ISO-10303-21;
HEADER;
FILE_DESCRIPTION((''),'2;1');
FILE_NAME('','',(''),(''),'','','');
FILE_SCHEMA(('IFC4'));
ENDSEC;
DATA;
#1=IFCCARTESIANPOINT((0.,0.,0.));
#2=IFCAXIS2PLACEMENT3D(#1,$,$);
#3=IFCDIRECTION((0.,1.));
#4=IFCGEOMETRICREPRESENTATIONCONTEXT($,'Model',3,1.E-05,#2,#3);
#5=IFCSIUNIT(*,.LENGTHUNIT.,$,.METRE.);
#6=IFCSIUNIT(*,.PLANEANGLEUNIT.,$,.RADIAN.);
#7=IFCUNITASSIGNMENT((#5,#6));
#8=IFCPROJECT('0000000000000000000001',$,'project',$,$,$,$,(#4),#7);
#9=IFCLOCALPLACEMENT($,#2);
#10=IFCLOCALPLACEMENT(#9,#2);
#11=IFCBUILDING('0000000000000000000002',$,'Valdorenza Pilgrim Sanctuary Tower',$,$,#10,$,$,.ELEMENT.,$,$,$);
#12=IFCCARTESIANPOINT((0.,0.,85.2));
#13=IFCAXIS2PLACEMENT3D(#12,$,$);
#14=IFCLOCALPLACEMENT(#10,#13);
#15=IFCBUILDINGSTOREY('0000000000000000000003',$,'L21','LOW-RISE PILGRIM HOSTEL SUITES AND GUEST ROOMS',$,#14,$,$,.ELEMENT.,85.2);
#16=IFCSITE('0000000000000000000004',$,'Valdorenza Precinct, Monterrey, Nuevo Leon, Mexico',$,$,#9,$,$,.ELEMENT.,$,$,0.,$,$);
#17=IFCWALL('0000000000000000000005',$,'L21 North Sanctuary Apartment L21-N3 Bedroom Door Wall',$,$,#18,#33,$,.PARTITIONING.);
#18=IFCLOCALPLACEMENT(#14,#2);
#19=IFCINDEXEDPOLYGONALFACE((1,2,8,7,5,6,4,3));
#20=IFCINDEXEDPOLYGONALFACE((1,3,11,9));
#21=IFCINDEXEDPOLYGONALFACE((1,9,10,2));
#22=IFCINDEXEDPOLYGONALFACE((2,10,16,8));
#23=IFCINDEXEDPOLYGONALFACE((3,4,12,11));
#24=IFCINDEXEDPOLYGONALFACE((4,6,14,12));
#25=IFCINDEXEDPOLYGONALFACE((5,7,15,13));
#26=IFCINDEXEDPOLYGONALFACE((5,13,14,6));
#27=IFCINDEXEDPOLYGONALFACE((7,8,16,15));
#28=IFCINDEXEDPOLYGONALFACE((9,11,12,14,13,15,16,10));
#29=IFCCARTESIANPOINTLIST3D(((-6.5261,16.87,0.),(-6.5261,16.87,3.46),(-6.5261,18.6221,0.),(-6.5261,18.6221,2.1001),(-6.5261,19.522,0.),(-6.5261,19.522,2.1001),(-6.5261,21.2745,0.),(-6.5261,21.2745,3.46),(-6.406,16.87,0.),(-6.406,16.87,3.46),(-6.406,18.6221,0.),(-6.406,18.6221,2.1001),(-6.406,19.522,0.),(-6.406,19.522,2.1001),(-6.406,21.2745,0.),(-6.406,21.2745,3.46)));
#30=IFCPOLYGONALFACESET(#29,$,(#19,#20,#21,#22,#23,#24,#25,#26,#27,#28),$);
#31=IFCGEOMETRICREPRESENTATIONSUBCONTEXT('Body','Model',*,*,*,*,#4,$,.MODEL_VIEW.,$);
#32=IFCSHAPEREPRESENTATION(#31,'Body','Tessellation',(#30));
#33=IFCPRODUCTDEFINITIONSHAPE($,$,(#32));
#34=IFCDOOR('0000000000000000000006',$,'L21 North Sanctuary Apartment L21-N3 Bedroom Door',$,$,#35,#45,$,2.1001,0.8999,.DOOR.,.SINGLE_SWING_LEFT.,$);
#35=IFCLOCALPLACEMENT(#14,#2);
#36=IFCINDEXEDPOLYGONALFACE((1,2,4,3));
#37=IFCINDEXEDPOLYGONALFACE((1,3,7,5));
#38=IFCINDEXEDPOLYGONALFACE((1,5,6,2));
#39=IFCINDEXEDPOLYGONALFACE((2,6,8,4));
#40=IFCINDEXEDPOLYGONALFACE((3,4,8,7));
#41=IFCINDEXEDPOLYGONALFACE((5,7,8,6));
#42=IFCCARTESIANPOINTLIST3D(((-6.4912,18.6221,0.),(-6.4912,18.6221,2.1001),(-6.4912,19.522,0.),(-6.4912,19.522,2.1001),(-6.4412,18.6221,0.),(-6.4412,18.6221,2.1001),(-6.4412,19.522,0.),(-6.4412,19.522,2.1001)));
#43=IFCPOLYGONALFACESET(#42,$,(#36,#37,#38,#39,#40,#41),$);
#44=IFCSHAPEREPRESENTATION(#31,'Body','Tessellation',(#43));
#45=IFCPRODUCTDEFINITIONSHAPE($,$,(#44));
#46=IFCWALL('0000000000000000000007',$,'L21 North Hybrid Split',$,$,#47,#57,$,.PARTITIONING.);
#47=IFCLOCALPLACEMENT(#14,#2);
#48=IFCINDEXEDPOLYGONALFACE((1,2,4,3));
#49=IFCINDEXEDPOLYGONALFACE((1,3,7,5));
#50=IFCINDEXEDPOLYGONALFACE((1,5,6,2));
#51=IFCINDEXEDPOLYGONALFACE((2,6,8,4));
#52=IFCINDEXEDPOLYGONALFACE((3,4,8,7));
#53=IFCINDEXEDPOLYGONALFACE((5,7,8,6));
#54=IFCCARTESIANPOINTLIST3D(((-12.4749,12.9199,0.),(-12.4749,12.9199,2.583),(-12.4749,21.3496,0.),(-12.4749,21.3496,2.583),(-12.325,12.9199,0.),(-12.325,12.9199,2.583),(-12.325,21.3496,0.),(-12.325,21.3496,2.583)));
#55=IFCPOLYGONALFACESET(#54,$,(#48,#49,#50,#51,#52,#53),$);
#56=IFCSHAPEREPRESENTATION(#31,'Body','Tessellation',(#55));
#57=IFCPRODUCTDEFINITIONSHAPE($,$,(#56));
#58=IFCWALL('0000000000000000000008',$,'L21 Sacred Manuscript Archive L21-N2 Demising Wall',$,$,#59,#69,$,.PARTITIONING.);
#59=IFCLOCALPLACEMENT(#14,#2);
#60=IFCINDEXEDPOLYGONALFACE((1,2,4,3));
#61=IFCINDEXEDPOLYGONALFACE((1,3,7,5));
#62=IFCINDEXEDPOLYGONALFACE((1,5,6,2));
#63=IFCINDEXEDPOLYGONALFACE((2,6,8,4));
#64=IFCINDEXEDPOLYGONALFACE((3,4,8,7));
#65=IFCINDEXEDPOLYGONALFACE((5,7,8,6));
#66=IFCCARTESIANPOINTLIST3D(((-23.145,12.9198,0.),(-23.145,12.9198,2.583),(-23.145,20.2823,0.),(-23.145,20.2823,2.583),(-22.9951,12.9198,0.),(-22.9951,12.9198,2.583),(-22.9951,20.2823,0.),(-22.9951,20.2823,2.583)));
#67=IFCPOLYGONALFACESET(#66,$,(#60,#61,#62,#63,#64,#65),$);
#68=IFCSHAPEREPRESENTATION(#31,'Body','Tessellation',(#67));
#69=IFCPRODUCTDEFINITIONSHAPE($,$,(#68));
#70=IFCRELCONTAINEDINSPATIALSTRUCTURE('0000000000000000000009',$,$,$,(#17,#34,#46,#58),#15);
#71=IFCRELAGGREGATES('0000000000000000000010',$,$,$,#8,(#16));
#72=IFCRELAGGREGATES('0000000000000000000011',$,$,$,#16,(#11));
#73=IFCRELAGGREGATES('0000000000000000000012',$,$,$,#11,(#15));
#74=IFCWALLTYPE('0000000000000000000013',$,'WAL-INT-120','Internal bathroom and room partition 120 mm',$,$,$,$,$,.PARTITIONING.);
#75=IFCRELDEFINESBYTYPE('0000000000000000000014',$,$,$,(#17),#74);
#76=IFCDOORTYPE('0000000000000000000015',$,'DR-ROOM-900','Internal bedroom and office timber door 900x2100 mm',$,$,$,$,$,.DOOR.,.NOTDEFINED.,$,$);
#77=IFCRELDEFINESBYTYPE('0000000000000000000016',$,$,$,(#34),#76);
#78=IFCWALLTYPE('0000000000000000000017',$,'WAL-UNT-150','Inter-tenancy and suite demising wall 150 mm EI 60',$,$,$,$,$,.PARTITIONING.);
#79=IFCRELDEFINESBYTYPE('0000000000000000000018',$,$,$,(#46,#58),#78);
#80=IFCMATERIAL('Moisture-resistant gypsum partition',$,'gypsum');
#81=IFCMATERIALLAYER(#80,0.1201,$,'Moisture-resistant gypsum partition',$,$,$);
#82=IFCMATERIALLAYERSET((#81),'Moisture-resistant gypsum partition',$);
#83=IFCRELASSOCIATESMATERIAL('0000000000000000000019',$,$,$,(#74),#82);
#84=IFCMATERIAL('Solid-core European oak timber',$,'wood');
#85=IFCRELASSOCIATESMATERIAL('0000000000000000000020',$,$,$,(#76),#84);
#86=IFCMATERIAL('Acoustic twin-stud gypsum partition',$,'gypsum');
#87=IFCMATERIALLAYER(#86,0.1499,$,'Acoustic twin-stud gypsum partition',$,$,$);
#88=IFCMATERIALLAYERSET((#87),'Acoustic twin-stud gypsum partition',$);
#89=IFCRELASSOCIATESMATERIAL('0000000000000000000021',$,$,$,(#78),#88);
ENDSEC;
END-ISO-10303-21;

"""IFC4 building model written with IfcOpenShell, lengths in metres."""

from ifc_helpers import new_model, si_unit, direction, frame, frame_2d, origin, place, context, subcontext, project, spatial, rectangle, extrude, material, layer, layer_set, type_object, element, fill, save


model = new_model("IFC4")

# Units and contexts
model_context = context("Model", 3, precision=1e-05, world=origin(), true_north=direction((0.0, 1.0)))
body_context = subcontext(model_context, "Body", "Model", "MODEL_VIEW")
ifc_project = project(units=[si_unit("LENGTHUNIT", "METRE"), si_unit("PLANEANGLEUNIT", "RADIAN")], contexts=[model_context])

# Site, building, storey
site_placement = place(None, origin())
site = spatial("IfcSite", under=ifc_project, at=site_placement, Name="Valdorenza Precinct, Monterrey, Nuevo Leon, Mexico", CompositionType="ELEMENT", RefElevation=0.0)
building_placement = place(site_placement, origin())
building = spatial("IfcBuilding", under=site, at=building_placement, Name="Valdorenza Pilgrim Sanctuary Tower", CompositionType="ELEMENT")
storey_placement = place(building_placement, frame((0.0, 0.0, 85.2)))
storey = spatial("IfcBuildingStorey", under=building, at=storey_placement, Name="L21", Description="LOW-RISE PILGRIM HOSTEL SUITES AND GUEST ROOMS", CompositionType="ELEMENT", Elevation=85.2)

# Shared definitions
ifc_material_1 = material(Name="Moisture-resistant gypsum partition", Category="gypsum")
ifc_layer_1 = layer(ifc_material_1, 0.1201, Name="Moisture-resistant gypsum partition")
ifc_layer_set_1 = layer_set([ifc_layer_1], Name="Moisture-resistant gypsum partition")
wall_type_1 = type_object("IfcWallType", Name="WAL-INT-120", Description="Internal bathroom and room partition 120 mm", PredefinedType="PARTITIONING", material=ifc_layer_set_1)

# Wall, opening, door
ifc_material_2 = material(Name="Solid-core European oak timber", Category="wood")
door_type_1 = type_object("IfcDoorType", Name="DR-ROOM-900", Description="Internal bedroom and office timber door 900x2100 mm", OperationType="NOTDEFINED", PredefinedType="DOOR", material=ifc_material_2)
wall_1_placement = place(storey_placement, frame((-6.4661, 16.8701, 0.0), z_axis=(0.0, 0.0, 1.0), x_axis=(0.0, 1.0, 0.0)))
wall_1 = element("IfcWall", 1, at=wall_1_placement, inside=storey, type_object=wall_type_1, Name="L21 North Sanctuary Apartment L21-N3 Bedroom Door Wall", PredefinedType="PARTITIONING", context=body_context, shape_type="SweptSolid", body=[
    extrude(rectangle(XDim=4.4045, YDim=0.1201, at=frame_2d((2.2021, 0.0))), origin(), (0.0, 0.0, 1.0), 3.46),
])
opening_1_placement = place(wall_1_placement, frame((1.752, 0.0, 0.0)))
opening_1 = element("IfcOpeningElement", 2, at=opening_1_placement, cuts=wall_1, PredefinedType="OPENING", context=body_context, shape_type="SweptSolid", body=[
    extrude(rectangle(XDim=0.8999, YDim=2.1001, at=frame_2d((0.45, 1.05))), frame((0.0, 0.075, 0.0), z_axis=(0.0, -1.0, 0.0), x_axis=(1.0, 0.0, 0.0)), (0.0, 0.0, 1.0), 0.1499),
])
door_1_placement = place(opening_1_placement, frame((0.8999, 0.0, 0.0), z_axis=(0.0, 0.0, 1.0), x_axis=(-1.0, 0.0, 0.0)))
door_1 = element("IfcDoor", 3, at=door_1_placement, inside=storey, type_object=door_type_1, Name="L21 North Sanctuary Apartment L21-N3 Bedroom Door", OperationType="SINGLE_SWING_LEFT", OverallHeight=2.1001, OverallWidth=0.8999, PredefinedType="DOOR", context=body_context, shape_type="SweptSolid", body=[
    extrude(rectangle(XDim=0.8999, YDim=2.1001, at=frame_2d((0.45, 1.05))), frame((0.0, 0.0249, 0.0), z_axis=(0.0, -1.0, 0.0), x_axis=(1.0, 0.0, 0.0)), (0.0, 0.0, 1.0), 0.05),
])
fill(opening_1, door_1)

# Walls
ifc_material_3 = material(Name="Acoustic twin-stud gypsum partition", Category="gypsum")
ifc_layer_2 = layer(ifc_material_3, 0.1499, Name="Acoustic twin-stud gypsum partition")
ifc_layer_set_2 = layer_set([ifc_layer_2], Name="Acoustic twin-stud gypsum partition")
wall_type_2 = type_object("IfcWallType", Name="WAL-UNT-150", Description="Inter-tenancy and suite demising wall 150 mm EI 60", PredefinedType="PARTITIONING", material=ifc_layer_set_2)
wall_2_placement = place(storey_placement, frame((-12.3999, 12.9199, 0.0), z_axis=(0.0, 0.0, 1.0), x_axis=(0.0, 1.0, 0.0)))
element("IfcWall", 4, at=wall_2_placement, inside=storey, type_object=wall_type_2, Name="L21 North Hybrid Split", PredefinedType="PARTITIONING", context=body_context, shape_type="SweptSolid", body=[
    extrude(rectangle(XDim=8.4297, YDim=0.1499, at=frame_2d((4.2148, 0.0))), origin(), (0.0, 0.0, 1.0), 2.583),
])
wall_3_placement = place(storey_placement, frame((-23.0701, 12.9199, 0.0), z_axis=(0.0, 0.0, 1.0), x_axis=(0.0, 1.0, 0.0)))
element("IfcWall", 5, at=wall_3_placement, inside=storey, type_object=wall_type_2, Name="L21 Sacred Manuscript Archive L21-N2 Demising Wall", PredefinedType="PARTITIONING", context=body_context, shape_type="SweptSolid", body=[
    extrude(rectangle(XDim=7.3625, YDim=0.1499, at=frame_2d((3.6812, 0.0))), origin(), (0.0, 0.0, 1.0), 2.583),
])

save(model, "model.ifc")
